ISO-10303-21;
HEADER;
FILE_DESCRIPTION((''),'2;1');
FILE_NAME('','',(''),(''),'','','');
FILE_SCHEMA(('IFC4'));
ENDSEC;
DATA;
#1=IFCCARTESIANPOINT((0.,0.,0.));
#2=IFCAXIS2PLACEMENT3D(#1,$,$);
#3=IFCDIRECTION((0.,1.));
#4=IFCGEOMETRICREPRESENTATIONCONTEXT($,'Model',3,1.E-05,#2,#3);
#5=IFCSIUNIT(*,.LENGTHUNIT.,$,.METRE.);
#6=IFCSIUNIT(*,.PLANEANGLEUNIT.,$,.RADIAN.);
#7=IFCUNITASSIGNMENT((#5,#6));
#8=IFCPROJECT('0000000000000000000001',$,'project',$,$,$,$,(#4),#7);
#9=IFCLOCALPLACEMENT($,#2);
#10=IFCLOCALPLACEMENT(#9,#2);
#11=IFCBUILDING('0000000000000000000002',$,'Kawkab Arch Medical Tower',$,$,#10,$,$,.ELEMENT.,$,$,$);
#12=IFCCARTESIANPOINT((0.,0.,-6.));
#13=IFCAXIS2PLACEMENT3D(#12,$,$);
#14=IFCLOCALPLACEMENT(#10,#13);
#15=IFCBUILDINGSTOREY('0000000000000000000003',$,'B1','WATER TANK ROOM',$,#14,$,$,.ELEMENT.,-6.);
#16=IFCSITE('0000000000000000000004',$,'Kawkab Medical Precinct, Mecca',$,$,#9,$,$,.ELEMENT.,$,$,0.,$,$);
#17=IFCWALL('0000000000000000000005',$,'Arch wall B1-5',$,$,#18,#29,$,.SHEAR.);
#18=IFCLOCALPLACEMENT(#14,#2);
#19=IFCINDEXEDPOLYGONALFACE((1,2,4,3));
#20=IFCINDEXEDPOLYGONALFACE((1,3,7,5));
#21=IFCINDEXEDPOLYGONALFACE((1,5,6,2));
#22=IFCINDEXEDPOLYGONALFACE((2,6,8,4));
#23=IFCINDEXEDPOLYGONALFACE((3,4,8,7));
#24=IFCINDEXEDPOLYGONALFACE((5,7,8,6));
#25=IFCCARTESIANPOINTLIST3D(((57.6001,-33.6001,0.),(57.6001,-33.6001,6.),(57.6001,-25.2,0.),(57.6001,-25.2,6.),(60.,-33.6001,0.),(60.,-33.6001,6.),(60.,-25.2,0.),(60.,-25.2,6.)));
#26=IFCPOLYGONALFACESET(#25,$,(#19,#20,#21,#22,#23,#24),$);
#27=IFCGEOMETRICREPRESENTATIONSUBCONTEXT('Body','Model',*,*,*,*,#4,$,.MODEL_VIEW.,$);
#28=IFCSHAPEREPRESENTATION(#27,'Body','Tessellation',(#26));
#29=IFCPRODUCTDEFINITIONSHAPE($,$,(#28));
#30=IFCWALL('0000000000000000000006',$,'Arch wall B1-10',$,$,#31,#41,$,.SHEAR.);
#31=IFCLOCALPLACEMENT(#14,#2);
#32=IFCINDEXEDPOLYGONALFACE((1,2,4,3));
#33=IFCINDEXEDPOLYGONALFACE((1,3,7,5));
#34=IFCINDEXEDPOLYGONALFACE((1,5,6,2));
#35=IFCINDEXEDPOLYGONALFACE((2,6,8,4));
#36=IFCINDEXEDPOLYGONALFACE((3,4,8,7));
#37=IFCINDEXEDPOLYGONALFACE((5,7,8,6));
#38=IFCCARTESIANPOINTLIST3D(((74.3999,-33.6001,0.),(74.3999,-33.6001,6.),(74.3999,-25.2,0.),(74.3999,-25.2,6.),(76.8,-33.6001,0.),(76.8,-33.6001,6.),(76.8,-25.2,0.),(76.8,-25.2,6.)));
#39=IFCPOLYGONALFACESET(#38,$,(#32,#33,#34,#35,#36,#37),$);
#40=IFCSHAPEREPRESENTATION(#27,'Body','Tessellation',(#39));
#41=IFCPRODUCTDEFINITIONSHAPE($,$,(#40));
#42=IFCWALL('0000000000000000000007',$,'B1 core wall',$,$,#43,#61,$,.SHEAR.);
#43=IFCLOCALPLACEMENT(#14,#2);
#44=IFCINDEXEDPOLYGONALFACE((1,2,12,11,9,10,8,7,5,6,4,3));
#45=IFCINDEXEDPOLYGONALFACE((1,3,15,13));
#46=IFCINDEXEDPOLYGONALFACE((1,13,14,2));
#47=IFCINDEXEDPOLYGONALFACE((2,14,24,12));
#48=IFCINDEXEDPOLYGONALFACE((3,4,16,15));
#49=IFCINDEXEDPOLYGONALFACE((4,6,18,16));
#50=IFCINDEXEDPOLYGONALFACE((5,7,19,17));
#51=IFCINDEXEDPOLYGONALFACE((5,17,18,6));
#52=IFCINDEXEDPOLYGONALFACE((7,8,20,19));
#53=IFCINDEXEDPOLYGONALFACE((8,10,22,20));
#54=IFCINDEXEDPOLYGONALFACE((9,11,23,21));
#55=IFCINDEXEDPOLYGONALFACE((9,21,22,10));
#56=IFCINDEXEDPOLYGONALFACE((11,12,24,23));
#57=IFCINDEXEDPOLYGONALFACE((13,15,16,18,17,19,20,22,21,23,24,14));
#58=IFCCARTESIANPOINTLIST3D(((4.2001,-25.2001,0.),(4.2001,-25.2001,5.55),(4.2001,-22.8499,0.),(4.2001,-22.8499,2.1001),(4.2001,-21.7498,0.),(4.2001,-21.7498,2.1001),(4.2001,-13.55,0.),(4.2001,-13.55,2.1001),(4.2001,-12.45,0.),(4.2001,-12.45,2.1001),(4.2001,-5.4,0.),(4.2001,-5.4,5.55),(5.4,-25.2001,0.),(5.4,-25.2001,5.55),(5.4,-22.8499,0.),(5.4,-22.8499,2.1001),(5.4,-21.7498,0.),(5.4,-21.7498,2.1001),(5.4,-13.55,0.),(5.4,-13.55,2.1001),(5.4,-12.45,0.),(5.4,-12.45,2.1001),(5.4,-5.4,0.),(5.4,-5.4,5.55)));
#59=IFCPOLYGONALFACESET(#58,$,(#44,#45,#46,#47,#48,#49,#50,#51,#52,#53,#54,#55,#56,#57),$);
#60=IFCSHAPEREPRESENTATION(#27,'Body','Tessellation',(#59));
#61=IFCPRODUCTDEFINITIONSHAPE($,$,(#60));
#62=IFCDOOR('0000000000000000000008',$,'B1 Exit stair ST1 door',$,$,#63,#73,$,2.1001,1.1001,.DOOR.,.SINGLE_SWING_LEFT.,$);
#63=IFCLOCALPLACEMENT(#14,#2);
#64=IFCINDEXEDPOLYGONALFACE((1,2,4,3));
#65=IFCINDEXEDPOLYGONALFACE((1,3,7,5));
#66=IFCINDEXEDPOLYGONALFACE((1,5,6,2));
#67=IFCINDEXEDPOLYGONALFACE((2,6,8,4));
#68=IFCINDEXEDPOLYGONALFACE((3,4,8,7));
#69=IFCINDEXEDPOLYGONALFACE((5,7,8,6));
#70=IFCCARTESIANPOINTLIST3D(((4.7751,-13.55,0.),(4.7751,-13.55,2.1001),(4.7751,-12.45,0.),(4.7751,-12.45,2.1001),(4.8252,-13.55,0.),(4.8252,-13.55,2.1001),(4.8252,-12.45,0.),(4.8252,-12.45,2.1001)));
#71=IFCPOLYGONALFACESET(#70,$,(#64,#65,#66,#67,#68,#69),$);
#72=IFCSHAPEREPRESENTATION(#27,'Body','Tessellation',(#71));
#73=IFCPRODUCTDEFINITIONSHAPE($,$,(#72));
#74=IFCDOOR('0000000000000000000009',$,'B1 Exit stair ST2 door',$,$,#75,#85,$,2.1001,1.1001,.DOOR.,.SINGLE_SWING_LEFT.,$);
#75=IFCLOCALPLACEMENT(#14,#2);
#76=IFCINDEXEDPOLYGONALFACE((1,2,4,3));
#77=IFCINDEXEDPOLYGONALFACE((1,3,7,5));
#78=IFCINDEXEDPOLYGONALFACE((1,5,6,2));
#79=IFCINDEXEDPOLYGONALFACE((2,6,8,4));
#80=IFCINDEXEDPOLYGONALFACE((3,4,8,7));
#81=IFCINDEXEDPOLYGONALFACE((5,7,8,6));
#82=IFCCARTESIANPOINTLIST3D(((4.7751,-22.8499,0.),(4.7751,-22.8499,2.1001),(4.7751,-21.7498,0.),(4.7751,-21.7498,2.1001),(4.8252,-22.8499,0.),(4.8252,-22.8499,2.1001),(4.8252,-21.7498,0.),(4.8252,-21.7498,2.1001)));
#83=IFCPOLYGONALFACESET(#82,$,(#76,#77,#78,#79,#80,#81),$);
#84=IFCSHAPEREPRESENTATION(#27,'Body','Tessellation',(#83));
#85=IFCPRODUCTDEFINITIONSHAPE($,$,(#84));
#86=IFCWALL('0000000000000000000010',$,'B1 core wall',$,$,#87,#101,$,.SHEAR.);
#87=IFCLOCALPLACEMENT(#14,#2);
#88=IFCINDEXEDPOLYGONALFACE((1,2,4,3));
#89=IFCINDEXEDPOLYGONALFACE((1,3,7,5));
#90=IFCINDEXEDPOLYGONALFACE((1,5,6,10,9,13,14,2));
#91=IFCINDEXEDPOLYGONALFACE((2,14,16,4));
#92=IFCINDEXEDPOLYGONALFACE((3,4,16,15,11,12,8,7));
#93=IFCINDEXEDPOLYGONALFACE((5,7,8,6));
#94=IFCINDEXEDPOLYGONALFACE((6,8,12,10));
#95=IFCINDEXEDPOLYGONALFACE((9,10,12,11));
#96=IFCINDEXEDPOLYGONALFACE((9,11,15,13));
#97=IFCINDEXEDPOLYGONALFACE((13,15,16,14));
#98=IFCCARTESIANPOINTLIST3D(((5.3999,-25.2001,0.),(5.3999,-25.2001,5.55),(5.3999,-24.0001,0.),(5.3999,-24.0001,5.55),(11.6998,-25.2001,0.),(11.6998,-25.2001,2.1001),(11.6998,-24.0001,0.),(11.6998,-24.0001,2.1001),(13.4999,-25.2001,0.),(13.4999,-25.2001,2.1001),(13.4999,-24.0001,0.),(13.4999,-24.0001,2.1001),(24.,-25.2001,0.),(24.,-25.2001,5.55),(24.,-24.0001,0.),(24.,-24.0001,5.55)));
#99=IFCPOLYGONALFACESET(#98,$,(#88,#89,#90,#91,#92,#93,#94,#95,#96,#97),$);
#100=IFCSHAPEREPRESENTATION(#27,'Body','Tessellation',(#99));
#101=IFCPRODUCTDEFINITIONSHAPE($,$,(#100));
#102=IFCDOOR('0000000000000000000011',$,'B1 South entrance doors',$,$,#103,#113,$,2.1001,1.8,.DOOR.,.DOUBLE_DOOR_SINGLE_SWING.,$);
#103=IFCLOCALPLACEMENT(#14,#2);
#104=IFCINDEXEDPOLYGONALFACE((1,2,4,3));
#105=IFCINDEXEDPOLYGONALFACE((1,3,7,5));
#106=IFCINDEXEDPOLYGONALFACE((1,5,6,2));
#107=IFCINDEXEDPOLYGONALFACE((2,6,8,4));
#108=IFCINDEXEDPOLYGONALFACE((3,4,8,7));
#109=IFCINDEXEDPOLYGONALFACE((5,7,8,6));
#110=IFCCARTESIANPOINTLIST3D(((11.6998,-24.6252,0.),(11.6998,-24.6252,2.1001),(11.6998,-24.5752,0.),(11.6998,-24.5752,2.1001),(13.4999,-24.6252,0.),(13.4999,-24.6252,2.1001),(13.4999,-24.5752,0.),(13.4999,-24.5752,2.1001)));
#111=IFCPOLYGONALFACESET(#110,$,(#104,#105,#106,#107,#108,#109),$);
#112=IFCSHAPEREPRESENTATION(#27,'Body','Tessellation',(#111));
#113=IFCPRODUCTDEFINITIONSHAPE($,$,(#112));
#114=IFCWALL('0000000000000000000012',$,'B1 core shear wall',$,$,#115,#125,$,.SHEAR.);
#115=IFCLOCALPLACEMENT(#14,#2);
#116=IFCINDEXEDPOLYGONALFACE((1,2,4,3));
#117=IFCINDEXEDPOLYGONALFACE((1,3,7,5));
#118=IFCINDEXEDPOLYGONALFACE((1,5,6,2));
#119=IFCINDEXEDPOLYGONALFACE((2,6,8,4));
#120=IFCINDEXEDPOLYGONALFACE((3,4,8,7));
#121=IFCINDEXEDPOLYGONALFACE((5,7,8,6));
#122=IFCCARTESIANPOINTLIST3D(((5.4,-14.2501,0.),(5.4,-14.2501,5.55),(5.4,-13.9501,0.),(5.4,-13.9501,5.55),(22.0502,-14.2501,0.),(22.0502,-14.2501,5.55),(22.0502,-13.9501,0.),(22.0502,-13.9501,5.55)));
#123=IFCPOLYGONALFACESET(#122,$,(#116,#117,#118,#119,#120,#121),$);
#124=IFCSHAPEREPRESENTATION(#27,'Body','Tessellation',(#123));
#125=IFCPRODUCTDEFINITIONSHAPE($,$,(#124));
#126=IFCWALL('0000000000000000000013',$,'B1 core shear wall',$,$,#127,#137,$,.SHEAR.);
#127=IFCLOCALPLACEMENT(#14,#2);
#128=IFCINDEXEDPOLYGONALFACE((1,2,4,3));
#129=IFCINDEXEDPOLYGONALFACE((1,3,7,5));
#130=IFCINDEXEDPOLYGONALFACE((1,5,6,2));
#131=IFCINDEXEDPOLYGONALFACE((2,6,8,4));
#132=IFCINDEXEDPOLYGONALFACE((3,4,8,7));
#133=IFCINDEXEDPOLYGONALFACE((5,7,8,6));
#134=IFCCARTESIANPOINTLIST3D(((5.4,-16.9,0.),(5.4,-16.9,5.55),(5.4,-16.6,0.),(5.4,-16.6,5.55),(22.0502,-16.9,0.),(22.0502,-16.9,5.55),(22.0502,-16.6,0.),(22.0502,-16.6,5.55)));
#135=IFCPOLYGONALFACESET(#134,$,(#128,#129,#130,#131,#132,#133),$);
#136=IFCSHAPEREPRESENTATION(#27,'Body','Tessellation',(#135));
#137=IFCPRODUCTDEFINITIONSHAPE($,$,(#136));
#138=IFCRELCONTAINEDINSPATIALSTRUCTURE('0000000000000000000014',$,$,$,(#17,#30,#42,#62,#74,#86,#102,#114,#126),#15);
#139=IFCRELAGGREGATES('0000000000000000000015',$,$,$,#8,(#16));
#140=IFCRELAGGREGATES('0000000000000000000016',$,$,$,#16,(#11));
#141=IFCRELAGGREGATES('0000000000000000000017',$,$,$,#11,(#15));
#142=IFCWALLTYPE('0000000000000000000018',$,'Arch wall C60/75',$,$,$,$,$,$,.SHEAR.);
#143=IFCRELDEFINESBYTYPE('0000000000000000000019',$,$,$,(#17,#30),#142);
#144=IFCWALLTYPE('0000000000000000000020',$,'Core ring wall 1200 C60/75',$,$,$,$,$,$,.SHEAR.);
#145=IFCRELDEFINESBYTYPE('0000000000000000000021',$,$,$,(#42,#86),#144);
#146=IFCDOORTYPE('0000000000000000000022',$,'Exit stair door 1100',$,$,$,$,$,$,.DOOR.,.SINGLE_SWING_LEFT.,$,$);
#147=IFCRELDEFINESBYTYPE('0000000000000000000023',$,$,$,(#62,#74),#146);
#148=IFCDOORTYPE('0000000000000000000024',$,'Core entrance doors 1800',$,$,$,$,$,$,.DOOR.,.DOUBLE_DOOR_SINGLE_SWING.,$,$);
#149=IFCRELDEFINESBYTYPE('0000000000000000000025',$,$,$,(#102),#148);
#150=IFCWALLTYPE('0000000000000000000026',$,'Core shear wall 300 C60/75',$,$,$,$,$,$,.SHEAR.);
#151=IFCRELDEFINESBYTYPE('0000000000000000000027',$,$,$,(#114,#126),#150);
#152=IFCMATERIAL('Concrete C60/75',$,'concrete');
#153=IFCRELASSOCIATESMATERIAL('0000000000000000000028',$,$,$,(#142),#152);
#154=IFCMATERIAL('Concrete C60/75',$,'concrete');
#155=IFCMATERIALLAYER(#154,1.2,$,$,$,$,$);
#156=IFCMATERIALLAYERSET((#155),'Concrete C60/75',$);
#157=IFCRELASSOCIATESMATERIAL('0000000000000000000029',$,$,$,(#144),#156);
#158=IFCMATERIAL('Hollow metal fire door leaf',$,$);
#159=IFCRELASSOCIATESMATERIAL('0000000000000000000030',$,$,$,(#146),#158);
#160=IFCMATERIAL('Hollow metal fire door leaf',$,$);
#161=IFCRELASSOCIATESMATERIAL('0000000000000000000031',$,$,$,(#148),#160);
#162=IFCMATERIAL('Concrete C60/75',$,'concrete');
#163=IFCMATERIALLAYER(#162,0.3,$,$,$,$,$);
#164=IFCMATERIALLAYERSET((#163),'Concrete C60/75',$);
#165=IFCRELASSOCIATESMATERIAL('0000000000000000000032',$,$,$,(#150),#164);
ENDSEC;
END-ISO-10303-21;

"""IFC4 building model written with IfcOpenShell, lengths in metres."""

from ifc_helpers import new_model, si_unit, direction, frame, frame_2d, origin, place, context, subcontext, project, spatial, polyline, rectangle, outline, extrude, material, layer, layer_set, type_object, element, fill, save


model = new_model("IFC4")

# Units and contexts
model_context = context("Model", 3, precision=1e-05, world=origin(), true_north=direction((0.0, 1.0)))
body_context = subcontext(model_context, "Body", "Model", "MODEL_VIEW")
ifc_project = project(units=[si_unit("LENGTHUNIT", "METRE"), si_unit("PLANEANGLEUNIT", "RADIAN")], contexts=[model_context])

# Site, building, storey
site_placement = place(None, origin())
site = spatial("IfcSite", under=ifc_project, at=site_placement, Name="Kawkab Medical Precinct, Mecca", CompositionType="ELEMENT", RefElevation=0.0)
building_placement = place(site_placement, origin())
building = spatial("IfcBuilding", under=site, at=building_placement, Name="Kawkab Arch Medical Tower", CompositionType="ELEMENT")
storey_placement = place(building_placement, frame((0.0, 0.0, -6.0)))
storey = spatial("IfcBuildingStorey", under=building, at=storey_placement, Name="B1", Description="WATER TANK ROOM", CompositionType="ELEMENT", Elevation=-6.0)

# Walls
ifc_material_1 = material(Name="Concrete C60/75", Category="concrete")
wall_type_1 = type_object("IfcWallType", Name="Arch wall C60/75", PredefinedType="SHEAR", material=ifc_material_1)
placement = place(storey_placement, frame((0.0, -25.2, 6.0), z_axis=(0.0, -1.0, 0.0), x_axis=(1.0, 0.0, 0.0)))
element("IfcWall", 1, at=placement, inside=storey, type_object=wall_type_1, Name="Arch wall B1-5", PredefinedType="SHEAR", context=body_context, shape_type="SweptSolid", body=[
    extrude(outline(polyline([(60.0, 0.0), (60.0, -6.0), (57.6001, -6.0), (57.6001, 0.0), (60.0, 0.0)])), origin(), (0.0, 0.0, 1.0), 8.4001),
])
element("IfcWall", 2, at=placement, inside=storey, type_object=wall_type_1, Name="Arch wall B1-10", PredefinedType="SHEAR", context=body_context, shape_type="SweptSolid", body=[
    extrude(outline(polyline([(74.3999, -6.0), (74.3999, 0.0), (76.8, 0.0), (76.8, -6.0), (74.3999, -6.0)])), origin(), (0.0, 0.0, 1.0), 8.4001),
])

# Wall, openings, doors
ifc_material_2 = material(Name="Concrete C60/75", Category="concrete")
ifc_layer_1 = layer(ifc_material_2, 1.2)
ifc_layer_set_1 = layer_set([ifc_layer_1], Name="Concrete C60/75")
wall_type_2 = type_object("IfcWallType", Name="Core ring wall 1200 C60/75", PredefinedType="SHEAR", material=ifc_layer_set_1)
wall_1_placement = place(storey_placement, frame((4.8, -25.2, 0.0), z_axis=(0.0, 0.0, 1.0), x_axis=(0.0, 1.0, 0.0)))
wall_1 = element("IfcWall", 3, at=wall_1_placement, inside=storey, type_object=wall_type_2, Name="B1 core wall", PredefinedType="SHEAR", context=body_context, shape_type="SweptSolid", body=[
    extrude(rectangle(XDim=19.8, YDim=1.2, at=frame_2d((9.8999, 0.0))), origin(), (0.0, 0.0, 1.0), 5.55),
])
opening_1_placement = place(wall_1_placement, frame((11.6499, 0.0, 0.0)))
opening_1 = element("IfcOpeningElement", 4, at=opening_1_placement, cuts=wall_1, PredefinedType="OPENING", context=body_context, shape_type="SweptSolid", body=[
    extrude(rectangle(XDim=1.1001, YDim=2.1001, at=frame_2d((0.55, 1.05))), frame((0.0, 0.6099, 0.0), z_axis=(0.0, -1.0, 0.0), x_axis=(1.0, 0.0, 0.0)), (0.0, 0.0, 1.0), 1.22),
])
opening_2_placement = place(wall_1_placement, frame((2.3501, 0.0, 0.0)))
opening_2 = element("IfcOpeningElement", 5, at=opening_2_placement, cuts=wall_1, PredefinedType="OPENING", context=body_context, shape_type="SweptSolid", body=[
    extrude(rectangle(XDim=1.1001, YDim=2.1001, at=frame_2d((0.55, 1.05))), frame((0.0, 0.6099, 0.0), z_axis=(0.0, -1.0, 0.0), x_axis=(1.0, 0.0, 0.0)), (0.0, 0.0, 1.0), 1.22),
])
ifc_material_3 = material(Name="Hollow metal fire door leaf")
door_type_1 = type_object("IfcDoorType", Name="Exit stair door 1100", OperationType="SINGLE_SWING_LEFT", PredefinedType="DOOR", material=ifc_material_3)
door_1_placement = place(opening_1_placement, origin())
door_1 = element("IfcDoor", 6, at=door_1_placement, inside=storey, type_object=door_type_1, Name="B1 Exit stair ST1 door", OperationType="SINGLE_SWING_LEFT", OverallHeight=2.1001, OverallWidth=1.1001, PredefinedType="DOOR", context=body_context, shape_type="SweptSolid", body=[
    extrude(rectangle(XDim=1.1001, YDim=2.1001, at=frame_2d((0.55, 1.05))), frame((0.0, 0.0249, 0.0), z_axis=(0.0, -1.0, 0.0), x_axis=(1.0, 0.0, 0.0)), (0.0, 0.0, 1.0), 0.05),
])
fill(opening_1, door_1)
door_2_placement = place(opening_2_placement, origin())
door_2 = element("IfcDoor", 7, at=door_2_placement, inside=storey, type_object=door_type_1, Name="B1 Exit stair ST2 door", OperationType="SINGLE_SWING_LEFT", OverallHeight=2.1001, OverallWidth=1.1001, PredefinedType="DOOR", context=body_context, shape_type="SweptSolid", body=[
    extrude(rectangle(XDim=1.1001, YDim=2.1001, at=frame_2d((0.55, 1.05))), frame((0.0, 0.0249, 0.0), z_axis=(0.0, -1.0, 0.0), x_axis=(1.0, 0.0, 0.0)), (0.0, 0.0, 1.0), 0.05),
])
fill(opening_2, door_2)

# Wall, opening, door
wall_2_placement = place(storey_placement, frame((5.3999, -24.6001, 0.0), z_axis=(0.0, 0.0, 1.0), x_axis=(1.0, 0.0, 0.0)))
wall_2 = element("IfcWall", 8, at=wall_2_placement, inside=storey, type_object=wall_type_2, Name="B1 core wall", PredefinedType="SHEAR", context=body_context, shape_type="SweptSolid", body=[
    extrude(rectangle(XDim=18.6001, YDim=1.2, at=frame_2d((9.3, 0.0))), origin(), (0.0, 0.0, 1.0), 5.55),
])
opening_3_placement = place(wall_2_placement, frame((6.3, 0.0, 0.0)))
opening_3 = element("IfcOpeningElement", 9, at=opening_3_placement, cuts=wall_2, PredefinedType="OPENING", context=body_context, shape_type="SweptSolid", body=[
    extrude(rectangle(XDim=1.8, YDim=2.1001, at=frame_2d((0.8999, 1.05))), frame((0.0, 0.6099, 0.0), z_axis=(0.0, -1.0, 0.0), x_axis=(1.0, 0.0, 0.0)), (0.0, 0.0, 1.0), 1.22),
])
ifc_material_4 = material(Name="Hollow metal fire door leaf")
door_type_2 = type_object("IfcDoorType", Name="Core entrance doors 1800", OperationType="DOUBLE_DOOR_SINGLE_SWING", PredefinedType="DOOR", material=ifc_material_4)
door_3_placement = place(opening_3_placement, origin())
door_3 = element("IfcDoor", 10, at=door_3_placement, inside=storey, type_object=door_type_2, Name="B1 South entrance doors", OperationType="DOUBLE_DOOR_SINGLE_SWING", OverallHeight=2.1001, OverallWidth=1.8, PredefinedType="DOOR", context=body_context, shape_type="SweptSolid", body=[
    extrude(rectangle(XDim=1.8, YDim=2.1001, at=frame_2d((0.8999, 1.05))), frame((0.0, 0.0249, 0.0), z_axis=(0.0, -1.0, 0.0), x_axis=(1.0, 0.0, 0.0)), (0.0, 0.0, 1.0), 0.05),
])
fill(opening_3, door_3)

# Walls
ifc_material_5 = material(Name="Concrete C60/75", Category="concrete")
ifc_layer_2 = layer(ifc_material_5, 0.3)
ifc_layer_set_2 = layer_set([ifc_layer_2], Name="Concrete C60/75")
wall_type_3 = type_object("IfcWallType", Name="Core shear wall 300 C60/75", PredefinedType="SHEAR", material=ifc_layer_set_2)
for number, where, z_axis, x_axis, name in (
    (11, (5.3999, -14.1001, 0.0), (0.0, 0.0, 1.0), (1.0, 0.0, 0.0), "B1 core shear wall"),
    (12, (5.3999, -16.75, 0.0), (0.0, 0.0, 1.0), (1.0, 0.0, 0.0), "B1 core shear wall"),
):
    element("IfcWall", number, at=place(storey_placement, frame(where, z_axis=z_axis, x_axis=x_axis)), inside=storey, type_object=wall_type_3, Name=name, PredefinedType="SHEAR", context=body_context, shape_type="SweptSolid", body=[
        extrude(rectangle(XDim=16.6501, YDim=0.3, at=frame_2d((8.3252, 0.0))), origin(), (0.0, 0.0, 1.0), 5.55),
    ])

save(model, "model.ifc")
